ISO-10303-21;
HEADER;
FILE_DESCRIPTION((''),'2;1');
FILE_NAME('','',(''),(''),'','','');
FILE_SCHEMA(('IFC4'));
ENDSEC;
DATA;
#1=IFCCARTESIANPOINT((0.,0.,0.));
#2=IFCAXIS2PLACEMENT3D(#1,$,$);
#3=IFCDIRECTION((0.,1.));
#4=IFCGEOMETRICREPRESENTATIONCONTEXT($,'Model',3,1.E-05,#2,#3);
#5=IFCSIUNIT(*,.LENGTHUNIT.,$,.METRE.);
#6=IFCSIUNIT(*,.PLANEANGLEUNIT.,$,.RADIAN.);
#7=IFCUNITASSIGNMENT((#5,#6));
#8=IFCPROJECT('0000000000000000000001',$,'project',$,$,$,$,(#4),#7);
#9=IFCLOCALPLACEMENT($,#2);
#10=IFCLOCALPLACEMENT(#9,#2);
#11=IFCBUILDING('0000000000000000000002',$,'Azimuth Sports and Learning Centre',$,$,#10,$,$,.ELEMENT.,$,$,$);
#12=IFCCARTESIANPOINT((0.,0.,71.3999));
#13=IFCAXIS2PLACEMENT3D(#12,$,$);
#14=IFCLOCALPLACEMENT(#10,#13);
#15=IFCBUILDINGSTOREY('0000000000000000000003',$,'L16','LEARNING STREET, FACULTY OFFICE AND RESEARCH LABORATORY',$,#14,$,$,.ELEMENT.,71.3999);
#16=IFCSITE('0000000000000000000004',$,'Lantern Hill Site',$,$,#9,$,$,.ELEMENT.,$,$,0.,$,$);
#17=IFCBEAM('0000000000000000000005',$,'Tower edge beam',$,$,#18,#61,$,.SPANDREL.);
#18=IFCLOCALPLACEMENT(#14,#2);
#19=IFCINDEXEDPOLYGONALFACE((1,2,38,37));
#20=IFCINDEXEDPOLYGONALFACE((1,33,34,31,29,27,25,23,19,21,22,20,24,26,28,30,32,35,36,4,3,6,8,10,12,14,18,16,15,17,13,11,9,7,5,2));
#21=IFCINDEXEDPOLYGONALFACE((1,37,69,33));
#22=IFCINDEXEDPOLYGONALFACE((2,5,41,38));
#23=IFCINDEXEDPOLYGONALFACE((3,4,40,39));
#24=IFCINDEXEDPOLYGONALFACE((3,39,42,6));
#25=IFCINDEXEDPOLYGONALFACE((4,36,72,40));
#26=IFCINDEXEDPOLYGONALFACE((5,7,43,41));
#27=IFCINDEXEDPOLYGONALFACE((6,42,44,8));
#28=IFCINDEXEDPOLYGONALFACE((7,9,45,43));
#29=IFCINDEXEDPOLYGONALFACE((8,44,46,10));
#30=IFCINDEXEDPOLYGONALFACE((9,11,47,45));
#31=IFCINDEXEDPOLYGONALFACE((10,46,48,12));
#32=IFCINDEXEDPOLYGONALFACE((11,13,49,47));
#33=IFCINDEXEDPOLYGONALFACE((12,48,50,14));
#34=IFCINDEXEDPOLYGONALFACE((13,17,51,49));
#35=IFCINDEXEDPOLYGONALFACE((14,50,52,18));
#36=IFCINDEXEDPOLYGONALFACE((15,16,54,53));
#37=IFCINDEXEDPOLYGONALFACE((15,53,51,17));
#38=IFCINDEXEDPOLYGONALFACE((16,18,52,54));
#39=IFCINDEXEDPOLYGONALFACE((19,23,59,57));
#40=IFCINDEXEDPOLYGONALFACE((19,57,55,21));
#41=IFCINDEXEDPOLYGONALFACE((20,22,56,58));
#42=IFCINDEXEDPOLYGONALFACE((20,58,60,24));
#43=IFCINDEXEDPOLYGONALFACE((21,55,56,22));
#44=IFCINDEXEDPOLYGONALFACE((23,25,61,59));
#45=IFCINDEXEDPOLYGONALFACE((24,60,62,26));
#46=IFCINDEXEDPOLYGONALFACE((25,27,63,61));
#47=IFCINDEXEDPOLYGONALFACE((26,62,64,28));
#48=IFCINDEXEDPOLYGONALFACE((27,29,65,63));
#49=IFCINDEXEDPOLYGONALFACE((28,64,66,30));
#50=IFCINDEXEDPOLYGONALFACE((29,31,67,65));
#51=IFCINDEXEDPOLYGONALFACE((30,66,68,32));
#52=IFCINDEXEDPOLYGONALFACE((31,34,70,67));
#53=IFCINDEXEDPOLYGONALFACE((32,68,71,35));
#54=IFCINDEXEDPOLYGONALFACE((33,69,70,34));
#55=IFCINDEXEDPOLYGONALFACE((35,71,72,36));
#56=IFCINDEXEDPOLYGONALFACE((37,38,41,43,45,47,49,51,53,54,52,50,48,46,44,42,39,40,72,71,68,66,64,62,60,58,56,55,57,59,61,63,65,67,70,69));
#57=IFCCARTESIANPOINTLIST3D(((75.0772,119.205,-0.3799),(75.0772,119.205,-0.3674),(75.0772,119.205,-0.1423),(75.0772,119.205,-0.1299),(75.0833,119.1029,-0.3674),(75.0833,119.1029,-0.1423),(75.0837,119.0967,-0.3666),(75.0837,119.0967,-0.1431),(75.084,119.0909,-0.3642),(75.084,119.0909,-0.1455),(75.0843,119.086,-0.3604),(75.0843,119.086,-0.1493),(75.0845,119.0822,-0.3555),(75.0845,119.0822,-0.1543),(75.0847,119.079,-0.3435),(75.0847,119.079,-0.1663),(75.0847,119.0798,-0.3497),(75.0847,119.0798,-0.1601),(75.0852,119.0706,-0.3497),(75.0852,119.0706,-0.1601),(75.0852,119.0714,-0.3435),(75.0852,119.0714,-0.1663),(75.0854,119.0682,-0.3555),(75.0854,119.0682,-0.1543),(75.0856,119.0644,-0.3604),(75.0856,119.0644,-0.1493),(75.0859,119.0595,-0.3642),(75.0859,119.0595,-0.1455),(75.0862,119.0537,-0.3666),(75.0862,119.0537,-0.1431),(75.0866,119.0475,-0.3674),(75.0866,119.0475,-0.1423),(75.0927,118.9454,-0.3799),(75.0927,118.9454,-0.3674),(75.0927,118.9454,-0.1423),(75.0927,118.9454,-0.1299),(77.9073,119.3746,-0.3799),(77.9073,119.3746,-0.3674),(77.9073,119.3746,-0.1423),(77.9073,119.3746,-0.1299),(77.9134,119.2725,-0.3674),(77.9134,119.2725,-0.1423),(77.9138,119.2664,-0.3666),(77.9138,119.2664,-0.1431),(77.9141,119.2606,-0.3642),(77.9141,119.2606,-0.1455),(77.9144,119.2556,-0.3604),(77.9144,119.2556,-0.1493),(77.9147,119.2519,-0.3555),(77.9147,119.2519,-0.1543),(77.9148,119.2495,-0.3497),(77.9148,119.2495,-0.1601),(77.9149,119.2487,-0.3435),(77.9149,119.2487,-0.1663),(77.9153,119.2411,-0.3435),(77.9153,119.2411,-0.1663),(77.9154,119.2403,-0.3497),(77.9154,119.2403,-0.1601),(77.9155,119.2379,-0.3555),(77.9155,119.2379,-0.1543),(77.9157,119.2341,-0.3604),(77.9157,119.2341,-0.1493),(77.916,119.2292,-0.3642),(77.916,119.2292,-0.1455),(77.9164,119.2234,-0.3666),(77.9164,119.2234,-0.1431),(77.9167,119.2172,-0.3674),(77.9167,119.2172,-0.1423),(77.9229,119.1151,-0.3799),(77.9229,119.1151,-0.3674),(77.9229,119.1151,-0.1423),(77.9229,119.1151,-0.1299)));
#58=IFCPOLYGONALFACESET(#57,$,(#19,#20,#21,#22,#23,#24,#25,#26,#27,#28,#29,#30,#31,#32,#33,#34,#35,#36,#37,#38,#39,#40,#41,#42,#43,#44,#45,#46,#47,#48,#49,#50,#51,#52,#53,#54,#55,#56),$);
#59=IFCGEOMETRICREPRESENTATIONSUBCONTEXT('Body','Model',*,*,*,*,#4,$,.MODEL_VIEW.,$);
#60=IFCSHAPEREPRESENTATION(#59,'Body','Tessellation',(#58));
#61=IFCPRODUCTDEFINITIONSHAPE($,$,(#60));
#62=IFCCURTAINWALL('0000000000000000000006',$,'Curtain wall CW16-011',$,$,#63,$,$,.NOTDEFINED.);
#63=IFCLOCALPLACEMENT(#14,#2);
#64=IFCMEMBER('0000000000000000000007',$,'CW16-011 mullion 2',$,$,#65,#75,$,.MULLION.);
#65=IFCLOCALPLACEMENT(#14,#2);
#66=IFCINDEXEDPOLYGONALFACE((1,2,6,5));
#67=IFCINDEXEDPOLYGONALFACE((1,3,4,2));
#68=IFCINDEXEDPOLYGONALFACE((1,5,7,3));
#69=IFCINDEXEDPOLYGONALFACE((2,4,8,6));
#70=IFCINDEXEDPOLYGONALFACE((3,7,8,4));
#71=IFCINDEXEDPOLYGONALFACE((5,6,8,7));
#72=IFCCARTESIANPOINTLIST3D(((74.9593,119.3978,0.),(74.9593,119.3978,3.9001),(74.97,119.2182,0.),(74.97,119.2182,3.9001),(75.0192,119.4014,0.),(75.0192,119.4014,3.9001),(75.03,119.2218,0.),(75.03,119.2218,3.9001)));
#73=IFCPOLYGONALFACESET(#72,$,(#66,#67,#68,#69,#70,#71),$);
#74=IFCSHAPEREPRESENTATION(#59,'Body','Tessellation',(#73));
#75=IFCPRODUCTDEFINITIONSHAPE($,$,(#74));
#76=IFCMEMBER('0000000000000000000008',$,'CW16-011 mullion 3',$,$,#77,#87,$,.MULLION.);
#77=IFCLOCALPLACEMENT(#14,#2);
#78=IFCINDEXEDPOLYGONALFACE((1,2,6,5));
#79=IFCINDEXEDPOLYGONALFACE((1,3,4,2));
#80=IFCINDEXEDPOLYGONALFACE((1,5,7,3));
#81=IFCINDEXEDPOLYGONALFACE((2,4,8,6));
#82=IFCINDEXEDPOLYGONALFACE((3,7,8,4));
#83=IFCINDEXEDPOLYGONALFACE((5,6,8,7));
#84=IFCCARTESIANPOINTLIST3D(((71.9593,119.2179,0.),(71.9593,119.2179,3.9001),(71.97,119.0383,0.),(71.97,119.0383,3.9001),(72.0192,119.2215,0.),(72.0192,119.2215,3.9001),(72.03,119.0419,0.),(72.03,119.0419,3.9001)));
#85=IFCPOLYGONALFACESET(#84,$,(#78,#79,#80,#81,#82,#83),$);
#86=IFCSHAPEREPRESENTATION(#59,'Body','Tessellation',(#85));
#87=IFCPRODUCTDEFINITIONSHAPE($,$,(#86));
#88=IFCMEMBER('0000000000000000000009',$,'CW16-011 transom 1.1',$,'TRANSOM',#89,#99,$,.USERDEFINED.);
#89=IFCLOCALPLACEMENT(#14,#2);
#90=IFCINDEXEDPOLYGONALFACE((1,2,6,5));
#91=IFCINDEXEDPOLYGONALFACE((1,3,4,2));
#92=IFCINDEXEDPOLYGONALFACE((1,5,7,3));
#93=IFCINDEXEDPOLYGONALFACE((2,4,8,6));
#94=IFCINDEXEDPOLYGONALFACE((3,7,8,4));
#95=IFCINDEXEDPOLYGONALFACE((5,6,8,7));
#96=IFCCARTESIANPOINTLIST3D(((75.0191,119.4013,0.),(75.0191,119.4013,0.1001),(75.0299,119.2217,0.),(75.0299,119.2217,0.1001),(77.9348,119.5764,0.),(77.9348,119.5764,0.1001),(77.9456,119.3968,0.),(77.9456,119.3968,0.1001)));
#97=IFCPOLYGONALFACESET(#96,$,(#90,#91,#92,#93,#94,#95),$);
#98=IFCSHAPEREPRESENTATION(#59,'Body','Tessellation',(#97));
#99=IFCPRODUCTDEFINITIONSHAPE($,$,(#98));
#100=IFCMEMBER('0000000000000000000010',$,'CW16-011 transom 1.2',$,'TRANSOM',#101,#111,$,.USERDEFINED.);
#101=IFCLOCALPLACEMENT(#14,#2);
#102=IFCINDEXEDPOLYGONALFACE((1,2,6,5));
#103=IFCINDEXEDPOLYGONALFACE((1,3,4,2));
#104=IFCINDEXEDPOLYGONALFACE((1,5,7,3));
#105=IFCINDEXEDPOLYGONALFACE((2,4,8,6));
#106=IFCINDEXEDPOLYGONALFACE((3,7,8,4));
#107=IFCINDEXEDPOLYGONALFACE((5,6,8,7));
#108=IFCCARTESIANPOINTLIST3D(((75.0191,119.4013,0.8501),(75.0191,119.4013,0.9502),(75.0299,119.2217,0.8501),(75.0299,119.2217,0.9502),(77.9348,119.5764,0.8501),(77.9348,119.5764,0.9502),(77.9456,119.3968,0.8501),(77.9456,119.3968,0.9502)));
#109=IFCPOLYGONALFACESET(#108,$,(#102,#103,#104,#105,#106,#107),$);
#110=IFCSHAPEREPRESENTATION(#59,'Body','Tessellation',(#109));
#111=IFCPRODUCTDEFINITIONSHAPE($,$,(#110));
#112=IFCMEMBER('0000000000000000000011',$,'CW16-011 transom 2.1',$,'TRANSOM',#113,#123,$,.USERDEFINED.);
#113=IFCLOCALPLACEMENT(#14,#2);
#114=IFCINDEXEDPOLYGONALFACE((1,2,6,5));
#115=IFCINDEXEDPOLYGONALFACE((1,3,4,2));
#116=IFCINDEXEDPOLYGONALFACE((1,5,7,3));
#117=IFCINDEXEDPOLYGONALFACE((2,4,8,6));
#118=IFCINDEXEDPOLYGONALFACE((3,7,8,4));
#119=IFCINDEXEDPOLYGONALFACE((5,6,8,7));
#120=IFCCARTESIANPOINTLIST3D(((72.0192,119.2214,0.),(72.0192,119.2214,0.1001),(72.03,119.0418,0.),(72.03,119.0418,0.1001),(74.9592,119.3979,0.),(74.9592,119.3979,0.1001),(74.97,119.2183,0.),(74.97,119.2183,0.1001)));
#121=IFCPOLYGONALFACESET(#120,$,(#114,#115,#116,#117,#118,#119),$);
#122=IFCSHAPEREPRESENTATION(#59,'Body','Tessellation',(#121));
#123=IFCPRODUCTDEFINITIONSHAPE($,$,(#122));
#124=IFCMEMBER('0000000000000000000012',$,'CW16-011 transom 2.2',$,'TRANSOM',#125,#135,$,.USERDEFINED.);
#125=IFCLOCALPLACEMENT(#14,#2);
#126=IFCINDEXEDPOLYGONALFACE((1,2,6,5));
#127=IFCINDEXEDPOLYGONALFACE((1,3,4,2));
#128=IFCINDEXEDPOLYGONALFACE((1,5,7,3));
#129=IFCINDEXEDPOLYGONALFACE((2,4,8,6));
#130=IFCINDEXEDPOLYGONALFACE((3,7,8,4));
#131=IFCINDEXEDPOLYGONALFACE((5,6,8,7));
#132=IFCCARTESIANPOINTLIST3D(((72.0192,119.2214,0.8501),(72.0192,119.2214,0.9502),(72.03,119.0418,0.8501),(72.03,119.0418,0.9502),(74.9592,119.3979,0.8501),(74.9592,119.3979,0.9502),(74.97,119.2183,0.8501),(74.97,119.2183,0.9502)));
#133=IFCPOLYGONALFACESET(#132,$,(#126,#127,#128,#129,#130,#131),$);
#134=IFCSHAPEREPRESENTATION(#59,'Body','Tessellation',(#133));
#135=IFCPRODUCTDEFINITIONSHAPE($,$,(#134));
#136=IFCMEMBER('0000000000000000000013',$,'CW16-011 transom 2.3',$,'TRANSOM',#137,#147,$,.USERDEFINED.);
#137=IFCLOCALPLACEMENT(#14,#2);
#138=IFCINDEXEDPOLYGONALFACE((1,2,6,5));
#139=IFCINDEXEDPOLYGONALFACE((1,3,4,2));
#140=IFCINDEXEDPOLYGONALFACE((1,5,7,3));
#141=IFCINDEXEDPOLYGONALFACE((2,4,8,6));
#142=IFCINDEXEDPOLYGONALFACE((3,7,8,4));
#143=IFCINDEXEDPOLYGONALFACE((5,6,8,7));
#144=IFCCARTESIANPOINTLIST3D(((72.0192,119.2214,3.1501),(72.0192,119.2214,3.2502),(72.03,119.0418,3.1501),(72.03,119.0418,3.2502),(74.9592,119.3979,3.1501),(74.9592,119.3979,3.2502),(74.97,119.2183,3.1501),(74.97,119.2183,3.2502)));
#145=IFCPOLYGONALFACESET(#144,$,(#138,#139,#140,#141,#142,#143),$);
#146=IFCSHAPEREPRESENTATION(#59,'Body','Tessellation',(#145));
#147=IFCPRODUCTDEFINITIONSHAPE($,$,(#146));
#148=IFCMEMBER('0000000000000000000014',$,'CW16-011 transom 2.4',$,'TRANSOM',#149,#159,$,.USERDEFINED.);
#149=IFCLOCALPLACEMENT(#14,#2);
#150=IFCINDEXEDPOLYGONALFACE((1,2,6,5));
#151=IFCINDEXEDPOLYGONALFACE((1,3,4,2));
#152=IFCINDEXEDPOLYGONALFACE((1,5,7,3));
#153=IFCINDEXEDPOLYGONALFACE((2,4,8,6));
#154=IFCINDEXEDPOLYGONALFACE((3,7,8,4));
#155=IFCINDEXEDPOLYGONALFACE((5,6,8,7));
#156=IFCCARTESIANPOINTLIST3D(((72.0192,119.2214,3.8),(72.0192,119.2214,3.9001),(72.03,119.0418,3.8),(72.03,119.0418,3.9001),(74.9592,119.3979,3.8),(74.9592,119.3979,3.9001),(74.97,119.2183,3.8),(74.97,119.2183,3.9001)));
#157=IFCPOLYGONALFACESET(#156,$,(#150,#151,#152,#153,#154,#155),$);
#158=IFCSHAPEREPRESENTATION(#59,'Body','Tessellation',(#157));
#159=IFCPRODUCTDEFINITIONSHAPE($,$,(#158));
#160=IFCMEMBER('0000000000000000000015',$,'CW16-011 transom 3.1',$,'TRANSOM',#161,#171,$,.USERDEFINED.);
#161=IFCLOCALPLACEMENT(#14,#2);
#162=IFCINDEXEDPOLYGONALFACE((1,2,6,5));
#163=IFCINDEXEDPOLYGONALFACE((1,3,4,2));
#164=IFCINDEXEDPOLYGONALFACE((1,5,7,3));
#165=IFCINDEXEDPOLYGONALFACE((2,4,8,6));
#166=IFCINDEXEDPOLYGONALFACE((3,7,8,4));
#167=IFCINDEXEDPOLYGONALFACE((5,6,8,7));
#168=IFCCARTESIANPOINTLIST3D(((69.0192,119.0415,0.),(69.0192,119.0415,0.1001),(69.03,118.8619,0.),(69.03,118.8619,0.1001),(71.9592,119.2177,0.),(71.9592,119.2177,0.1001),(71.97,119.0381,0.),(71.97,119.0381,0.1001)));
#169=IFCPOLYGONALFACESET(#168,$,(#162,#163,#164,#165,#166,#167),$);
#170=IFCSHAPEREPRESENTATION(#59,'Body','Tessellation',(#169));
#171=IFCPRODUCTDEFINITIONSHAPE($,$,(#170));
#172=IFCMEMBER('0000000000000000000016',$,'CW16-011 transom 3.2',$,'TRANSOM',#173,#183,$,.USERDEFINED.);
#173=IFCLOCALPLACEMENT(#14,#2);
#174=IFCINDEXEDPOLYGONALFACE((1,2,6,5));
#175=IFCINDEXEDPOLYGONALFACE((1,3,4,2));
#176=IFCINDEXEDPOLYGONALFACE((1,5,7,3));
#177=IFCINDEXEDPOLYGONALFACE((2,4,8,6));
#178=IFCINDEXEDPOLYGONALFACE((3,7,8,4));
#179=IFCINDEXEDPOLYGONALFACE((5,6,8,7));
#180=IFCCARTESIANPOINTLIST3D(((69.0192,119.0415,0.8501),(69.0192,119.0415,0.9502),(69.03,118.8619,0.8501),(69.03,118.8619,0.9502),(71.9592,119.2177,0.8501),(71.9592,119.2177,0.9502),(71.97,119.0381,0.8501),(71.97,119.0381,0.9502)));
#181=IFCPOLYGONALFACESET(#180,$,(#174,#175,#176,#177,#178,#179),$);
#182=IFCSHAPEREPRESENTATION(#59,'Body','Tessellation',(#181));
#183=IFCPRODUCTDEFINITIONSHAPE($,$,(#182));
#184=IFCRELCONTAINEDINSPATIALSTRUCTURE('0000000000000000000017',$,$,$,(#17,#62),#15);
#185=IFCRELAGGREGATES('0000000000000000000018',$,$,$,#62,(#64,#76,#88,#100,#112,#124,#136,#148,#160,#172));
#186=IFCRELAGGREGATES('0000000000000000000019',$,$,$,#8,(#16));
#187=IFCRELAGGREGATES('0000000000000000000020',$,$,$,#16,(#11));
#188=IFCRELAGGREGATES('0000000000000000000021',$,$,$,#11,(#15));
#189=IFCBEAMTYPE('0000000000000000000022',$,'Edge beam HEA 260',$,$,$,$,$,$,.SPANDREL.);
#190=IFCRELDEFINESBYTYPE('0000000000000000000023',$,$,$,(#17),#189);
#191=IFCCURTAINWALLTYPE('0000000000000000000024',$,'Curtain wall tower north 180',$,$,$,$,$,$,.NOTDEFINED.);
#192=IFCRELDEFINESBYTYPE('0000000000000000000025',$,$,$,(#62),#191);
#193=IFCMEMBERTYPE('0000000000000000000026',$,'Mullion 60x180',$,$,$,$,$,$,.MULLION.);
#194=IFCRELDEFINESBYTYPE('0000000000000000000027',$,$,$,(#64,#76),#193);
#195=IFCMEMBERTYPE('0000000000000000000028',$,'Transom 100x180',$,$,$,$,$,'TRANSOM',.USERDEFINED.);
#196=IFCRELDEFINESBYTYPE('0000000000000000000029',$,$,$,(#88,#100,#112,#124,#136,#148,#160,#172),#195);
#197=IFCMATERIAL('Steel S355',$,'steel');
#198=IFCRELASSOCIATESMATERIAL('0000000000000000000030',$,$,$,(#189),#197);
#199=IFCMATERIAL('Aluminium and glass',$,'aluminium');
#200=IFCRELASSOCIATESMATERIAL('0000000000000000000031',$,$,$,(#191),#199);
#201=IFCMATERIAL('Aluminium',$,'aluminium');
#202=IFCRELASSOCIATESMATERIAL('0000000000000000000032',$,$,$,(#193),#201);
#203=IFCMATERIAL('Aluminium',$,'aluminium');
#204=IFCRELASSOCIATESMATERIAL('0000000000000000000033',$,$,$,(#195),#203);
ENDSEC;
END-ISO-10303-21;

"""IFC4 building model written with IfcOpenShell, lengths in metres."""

from ifc_helpers import new_model, si_unit, direction, frame, origin, origin_2d, place, context, subcontext, project, spatial, rectangle, i_section, extrude, material, material_profile, profile_set, type_object, element, aggregate, save


model = new_model("IFC4")

# Units and contexts
model_context = context("Model", 3, precision=1e-05, world=origin(), true_north=direction((0.0, 1.0)))
body_context = subcontext(model_context, "Body", "Model", "MODEL_VIEW")
ifc_project = project(units=[si_unit("LENGTHUNIT", "METRE"), si_unit("PLANEANGLEUNIT", "RADIAN")], contexts=[model_context])

# Site, building, storey
site_placement = place(None, origin())
site = spatial("IfcSite", under=ifc_project, at=site_placement, Name="Lantern Hill Site", CompositionType="ELEMENT", RefElevation=0.0)
building_placement = place(site_placement, origin())
building = spatial("IfcBuilding", under=site, at=building_placement, Name="Azimuth Sports and Learning Centre", CompositionType="ELEMENT")
storey_placement = place(building_placement, frame((0.0, 0.0, 71.3999)))
storey = spatial("IfcBuildingStorey", under=building, at=storey_placement, Name="L16", Description="LEARNING STREET, FACULTY OFFICE AND RESEARCH LABORATORY", CompositionType="ELEMENT", Elevation=71.3999)

# Beam
ifc_material_1 = material(Name="Steel S355", Category="steel")
ifc_material_profile_1 = material_profile(ifc_material_1, i_section(OverallWidth=0.26, OverallDepth=0.25, WebThickness=0.0076, FlangeThickness=0.0125, FilletRadius=0.0239, at=origin_2d()), Name="HEA 260")
ifc_profile_set_1 = profile_set([ifc_material_profile_1], Name="Steel S355")
beam_type = type_object("IfcBeamType", Name="Edge beam HEA 260", PredefinedType="SPANDREL", material=ifc_profile_set_1)
beam_placement = place(storey_placement, frame((75.085, 119.0752, -0.2549), z_axis=(0.998208, 0.059848, 0.0), x_axis=(-0.059848, 0.998208, 0.0)))
element("IfcBeam", 1, at=beam_placement, inside=storey, type_object=beam_type, Name="Tower edge beam", PredefinedType="SPANDREL", context=body_context, shape_type="SweptSolid", body=[
    extrude(i_section(OverallWidth=0.26, OverallDepth=0.25, WebThickness=0.0076, FlangeThickness=0.0125, FilletRadius=0.0239, at=origin_2d()), origin(), (0.0, 0.0, 1.0), 2.8352),
])

# Curtain wall, members
ifc_material_2 = material(Name="Aluminium and glass", Category="aluminium")
curtain_wall_type = type_object("IfcCurtainWallType", Name="Curtain wall tower north 180", PredefinedType="NOTDEFINED", material=ifc_material_2)
curtain_wall_placement = place(storey_placement, origin())
curtain_wall = element("IfcCurtainWall", 2, at=curtain_wall_placement, inside=storey, type_object=curtain_wall_type, Name="Curtain wall CW16-011", PredefinedType="NOTDEFINED")
ifc_material_3 = material(Name="Aluminium", Category="aluminium")
ifc_material_profile_2 = material_profile(ifc_material_3, rectangle(XDim=0.1799, YDim=0.0601, at=origin_2d()), Name="Mullion 60x180")
ifc_profile_set_2 = profile_set([ifc_material_profile_2], Name="Aluminium")
member_type_1 = type_object("IfcMemberType", Name="Mullion 60x180", PredefinedType="MULLION", material=ifc_profile_set_2)
member_1_placement = place(storey_placement, frame((74.9946, 119.3098, 0.0), z_axis=(0.0, 0.0, 1.0), x_axis=(0.059892, -0.998205, 0.0)))
member_1 = element("IfcMember", 3, at=member_1_placement, type_object=member_type_1, Name="CW16-011 mullion 2", PredefinedType="MULLION", context=body_context, shape_type="SweptSolid", body=[
    extrude(rectangle(XDim=0.1799, YDim=0.0601, at=origin_2d()), origin(), (0.0, 0.0, 1.0), 3.9001),
])
member_2_placement = place(storey_placement, frame((71.9946, 119.1299, 0.0), z_axis=(0.0, 0.0, 1.0), x_axis=(0.059892, -0.998205, 0.0)))
member_2 = element("IfcMember", 4, at=member_2_placement, type_object=member_type_1, Name="CW16-011 mullion 3", PredefinedType="MULLION", context=body_context, shape_type="SweptSolid", body=[
    extrude(rectangle(XDim=0.1799, YDim=0.0601, at=origin_2d()), origin(), (0.0, 0.0, 1.0), 3.9001),
])
ifc_material_4 = material(Name="Aluminium", Category="aluminium")
ifc_material_profile_3 = material_profile(ifc_material_4, rectangle(XDim=0.1799, YDim=0.1001, at=origin_2d()), Name="Transom 100x180")
ifc_profile_set_3 = profile_set([ifc_material_profile_3], Name="Aluminium")
member_type_2 = type_object("IfcMemberType", Name="Transom 100x180", ElementType="TRANSOM", PredefinedType="USERDEFINED", material=ifc_profile_set_3)
member_3_placement = place(storey_placement, frame((77.9402, 119.4866, 0.05), z_axis=(-0.998202, -0.059932, 0.0), x_axis=(0.059932, -0.998202, 0.0)))
member_3 = element("IfcMember", 5, at=member_3_placement, type_object=member_type_2, Name="CW16-011 transom 1.1", ObjectType="TRANSOM", PredefinedType="USERDEFINED", context=body_context, shape_type="SweptSolid", body=[
    extrude(rectangle(XDim=0.1799, YDim=0.1001, at=origin_2d()), origin(), (0.0, 0.0, 1.0), 2.9209),
])
member_4_placement = place(storey_placement, frame((77.9402, 119.4866, 0.9001), z_axis=(-0.998202, -0.059932, 0.0), x_axis=(0.059932, -0.998202, 0.0)))
member_4 = element("IfcMember", 6, at=member_4_placement, type_object=member_type_2, Name="CW16-011 transom 1.2", ObjectType="TRANSOM", PredefinedType="USERDEFINED", context=body_context, shape_type="SweptSolid", body=[
    extrude(rectangle(XDim=0.1799, YDim=0.1001, at=origin_2d()), origin(), (0.0, 0.0, 1.0), 2.9209),
])
member_5_placement = place(storey_placement, frame((74.9646, 119.3081, 0.05), z_axis=(-0.998202, -0.059932, 0.0), x_axis=(0.059932, -0.998202, 0.0)))
member_5 = element("IfcMember", 7, at=member_5_placement, type_object=member_type_2, Name="CW16-011 transom 2.1", ObjectType="TRANSOM", PredefinedType="USERDEFINED", context=body_context, shape_type="SweptSolid", body=[
    extrude(rectangle(XDim=0.1799, YDim=0.1001, at=origin_2d()), origin(), (0.0, 0.0, 1.0), 2.9453),
])
member_6_placement = place(storey_placement, frame((74.9646, 119.3081, 0.9001), z_axis=(-0.998202, -0.059932, 0.0), x_axis=(0.059932, -0.998202, 0.0)))
member_6 = element("IfcMember", 8, at=member_6_placement, type_object=member_type_2, Name="CW16-011 transom 2.2", ObjectType="TRANSOM", PredefinedType="USERDEFINED", context=body_context, shape_type="SweptSolid", body=[
    extrude(rectangle(XDim=0.1799, YDim=0.1001, at=origin_2d()), origin(), (0.0, 0.0, 1.0), 2.9453),
])
member_7_placement = place(storey_placement, frame((74.9646, 119.3081, 3.2002), z_axis=(-0.998202, -0.059932, 0.0), x_axis=(0.059932, -0.998202, 0.0)))
member_7 = element("IfcMember", 9, at=member_7_placement, type_object=member_type_2, Name="CW16-011 transom 2.3", ObjectType="TRANSOM", PredefinedType="USERDEFINED", context=body_context, shape_type="SweptSolid", body=[
    extrude(rectangle(XDim=0.1799, YDim=0.1001, at=origin_2d()), origin(), (0.0, 0.0, 1.0), 2.9453),
])
member_8_placement = place(storey_placement, frame((74.9646, 119.3081, 3.8501), z_axis=(-0.998202, -0.059932, 0.0), x_axis=(0.059932, -0.998202, 0.0)))
member_8 = element("IfcMember", 10, at=member_8_placement, type_object=member_type_2, Name="CW16-011 transom 2.4", ObjectType="TRANSOM", PredefinedType="USERDEFINED", context=body_context, shape_type="SweptSolid", body=[
    extrude(rectangle(XDim=0.1799, YDim=0.1001, at=origin_2d()), origin(), (0.0, 0.0, 1.0), 2.9453),
])
member_9_placement = place(storey_placement, frame((71.9646, 119.1279, 0.05), z_axis=(-0.998207, -0.059849, 0.0), x_axis=(0.059849, -0.998207, 0.0)))
member_9 = element("IfcMember", 11, at=member_9_placement, type_object=member_type_2, Name="CW16-011 transom 3.1", ObjectType="TRANSOM", PredefinedType="USERDEFINED", context=body_context, shape_type="SweptSolid", body=[
    extrude(rectangle(XDim=0.1799, YDim=0.1001, at=origin_2d()), origin(), (0.0, 0.0, 1.0), 2.9453),
])
member_10_placement = place(storey_placement, frame((71.9646, 119.1279, 0.9001), z_axis=(-0.998207, -0.059849, 0.0), x_axis=(0.059849, -0.998207, 0.0)))
member_10 = element("IfcMember", 12, at=member_10_placement, type_object=member_type_2, Name="CW16-011 transom 3.2", ObjectType="TRANSOM", PredefinedType="USERDEFINED", context=body_context, shape_type="SweptSolid", body=[
    extrude(rectangle(XDim=0.1799, YDim=0.1001, at=origin_2d()), origin(), (0.0, 0.0, 1.0), 2.9453),
])
aggregate(curtain_wall, [member_1, member_2, member_3, member_4, member_5, member_6, member_7, member_8, member_9, member_10])

save(model, "model.ifc")
